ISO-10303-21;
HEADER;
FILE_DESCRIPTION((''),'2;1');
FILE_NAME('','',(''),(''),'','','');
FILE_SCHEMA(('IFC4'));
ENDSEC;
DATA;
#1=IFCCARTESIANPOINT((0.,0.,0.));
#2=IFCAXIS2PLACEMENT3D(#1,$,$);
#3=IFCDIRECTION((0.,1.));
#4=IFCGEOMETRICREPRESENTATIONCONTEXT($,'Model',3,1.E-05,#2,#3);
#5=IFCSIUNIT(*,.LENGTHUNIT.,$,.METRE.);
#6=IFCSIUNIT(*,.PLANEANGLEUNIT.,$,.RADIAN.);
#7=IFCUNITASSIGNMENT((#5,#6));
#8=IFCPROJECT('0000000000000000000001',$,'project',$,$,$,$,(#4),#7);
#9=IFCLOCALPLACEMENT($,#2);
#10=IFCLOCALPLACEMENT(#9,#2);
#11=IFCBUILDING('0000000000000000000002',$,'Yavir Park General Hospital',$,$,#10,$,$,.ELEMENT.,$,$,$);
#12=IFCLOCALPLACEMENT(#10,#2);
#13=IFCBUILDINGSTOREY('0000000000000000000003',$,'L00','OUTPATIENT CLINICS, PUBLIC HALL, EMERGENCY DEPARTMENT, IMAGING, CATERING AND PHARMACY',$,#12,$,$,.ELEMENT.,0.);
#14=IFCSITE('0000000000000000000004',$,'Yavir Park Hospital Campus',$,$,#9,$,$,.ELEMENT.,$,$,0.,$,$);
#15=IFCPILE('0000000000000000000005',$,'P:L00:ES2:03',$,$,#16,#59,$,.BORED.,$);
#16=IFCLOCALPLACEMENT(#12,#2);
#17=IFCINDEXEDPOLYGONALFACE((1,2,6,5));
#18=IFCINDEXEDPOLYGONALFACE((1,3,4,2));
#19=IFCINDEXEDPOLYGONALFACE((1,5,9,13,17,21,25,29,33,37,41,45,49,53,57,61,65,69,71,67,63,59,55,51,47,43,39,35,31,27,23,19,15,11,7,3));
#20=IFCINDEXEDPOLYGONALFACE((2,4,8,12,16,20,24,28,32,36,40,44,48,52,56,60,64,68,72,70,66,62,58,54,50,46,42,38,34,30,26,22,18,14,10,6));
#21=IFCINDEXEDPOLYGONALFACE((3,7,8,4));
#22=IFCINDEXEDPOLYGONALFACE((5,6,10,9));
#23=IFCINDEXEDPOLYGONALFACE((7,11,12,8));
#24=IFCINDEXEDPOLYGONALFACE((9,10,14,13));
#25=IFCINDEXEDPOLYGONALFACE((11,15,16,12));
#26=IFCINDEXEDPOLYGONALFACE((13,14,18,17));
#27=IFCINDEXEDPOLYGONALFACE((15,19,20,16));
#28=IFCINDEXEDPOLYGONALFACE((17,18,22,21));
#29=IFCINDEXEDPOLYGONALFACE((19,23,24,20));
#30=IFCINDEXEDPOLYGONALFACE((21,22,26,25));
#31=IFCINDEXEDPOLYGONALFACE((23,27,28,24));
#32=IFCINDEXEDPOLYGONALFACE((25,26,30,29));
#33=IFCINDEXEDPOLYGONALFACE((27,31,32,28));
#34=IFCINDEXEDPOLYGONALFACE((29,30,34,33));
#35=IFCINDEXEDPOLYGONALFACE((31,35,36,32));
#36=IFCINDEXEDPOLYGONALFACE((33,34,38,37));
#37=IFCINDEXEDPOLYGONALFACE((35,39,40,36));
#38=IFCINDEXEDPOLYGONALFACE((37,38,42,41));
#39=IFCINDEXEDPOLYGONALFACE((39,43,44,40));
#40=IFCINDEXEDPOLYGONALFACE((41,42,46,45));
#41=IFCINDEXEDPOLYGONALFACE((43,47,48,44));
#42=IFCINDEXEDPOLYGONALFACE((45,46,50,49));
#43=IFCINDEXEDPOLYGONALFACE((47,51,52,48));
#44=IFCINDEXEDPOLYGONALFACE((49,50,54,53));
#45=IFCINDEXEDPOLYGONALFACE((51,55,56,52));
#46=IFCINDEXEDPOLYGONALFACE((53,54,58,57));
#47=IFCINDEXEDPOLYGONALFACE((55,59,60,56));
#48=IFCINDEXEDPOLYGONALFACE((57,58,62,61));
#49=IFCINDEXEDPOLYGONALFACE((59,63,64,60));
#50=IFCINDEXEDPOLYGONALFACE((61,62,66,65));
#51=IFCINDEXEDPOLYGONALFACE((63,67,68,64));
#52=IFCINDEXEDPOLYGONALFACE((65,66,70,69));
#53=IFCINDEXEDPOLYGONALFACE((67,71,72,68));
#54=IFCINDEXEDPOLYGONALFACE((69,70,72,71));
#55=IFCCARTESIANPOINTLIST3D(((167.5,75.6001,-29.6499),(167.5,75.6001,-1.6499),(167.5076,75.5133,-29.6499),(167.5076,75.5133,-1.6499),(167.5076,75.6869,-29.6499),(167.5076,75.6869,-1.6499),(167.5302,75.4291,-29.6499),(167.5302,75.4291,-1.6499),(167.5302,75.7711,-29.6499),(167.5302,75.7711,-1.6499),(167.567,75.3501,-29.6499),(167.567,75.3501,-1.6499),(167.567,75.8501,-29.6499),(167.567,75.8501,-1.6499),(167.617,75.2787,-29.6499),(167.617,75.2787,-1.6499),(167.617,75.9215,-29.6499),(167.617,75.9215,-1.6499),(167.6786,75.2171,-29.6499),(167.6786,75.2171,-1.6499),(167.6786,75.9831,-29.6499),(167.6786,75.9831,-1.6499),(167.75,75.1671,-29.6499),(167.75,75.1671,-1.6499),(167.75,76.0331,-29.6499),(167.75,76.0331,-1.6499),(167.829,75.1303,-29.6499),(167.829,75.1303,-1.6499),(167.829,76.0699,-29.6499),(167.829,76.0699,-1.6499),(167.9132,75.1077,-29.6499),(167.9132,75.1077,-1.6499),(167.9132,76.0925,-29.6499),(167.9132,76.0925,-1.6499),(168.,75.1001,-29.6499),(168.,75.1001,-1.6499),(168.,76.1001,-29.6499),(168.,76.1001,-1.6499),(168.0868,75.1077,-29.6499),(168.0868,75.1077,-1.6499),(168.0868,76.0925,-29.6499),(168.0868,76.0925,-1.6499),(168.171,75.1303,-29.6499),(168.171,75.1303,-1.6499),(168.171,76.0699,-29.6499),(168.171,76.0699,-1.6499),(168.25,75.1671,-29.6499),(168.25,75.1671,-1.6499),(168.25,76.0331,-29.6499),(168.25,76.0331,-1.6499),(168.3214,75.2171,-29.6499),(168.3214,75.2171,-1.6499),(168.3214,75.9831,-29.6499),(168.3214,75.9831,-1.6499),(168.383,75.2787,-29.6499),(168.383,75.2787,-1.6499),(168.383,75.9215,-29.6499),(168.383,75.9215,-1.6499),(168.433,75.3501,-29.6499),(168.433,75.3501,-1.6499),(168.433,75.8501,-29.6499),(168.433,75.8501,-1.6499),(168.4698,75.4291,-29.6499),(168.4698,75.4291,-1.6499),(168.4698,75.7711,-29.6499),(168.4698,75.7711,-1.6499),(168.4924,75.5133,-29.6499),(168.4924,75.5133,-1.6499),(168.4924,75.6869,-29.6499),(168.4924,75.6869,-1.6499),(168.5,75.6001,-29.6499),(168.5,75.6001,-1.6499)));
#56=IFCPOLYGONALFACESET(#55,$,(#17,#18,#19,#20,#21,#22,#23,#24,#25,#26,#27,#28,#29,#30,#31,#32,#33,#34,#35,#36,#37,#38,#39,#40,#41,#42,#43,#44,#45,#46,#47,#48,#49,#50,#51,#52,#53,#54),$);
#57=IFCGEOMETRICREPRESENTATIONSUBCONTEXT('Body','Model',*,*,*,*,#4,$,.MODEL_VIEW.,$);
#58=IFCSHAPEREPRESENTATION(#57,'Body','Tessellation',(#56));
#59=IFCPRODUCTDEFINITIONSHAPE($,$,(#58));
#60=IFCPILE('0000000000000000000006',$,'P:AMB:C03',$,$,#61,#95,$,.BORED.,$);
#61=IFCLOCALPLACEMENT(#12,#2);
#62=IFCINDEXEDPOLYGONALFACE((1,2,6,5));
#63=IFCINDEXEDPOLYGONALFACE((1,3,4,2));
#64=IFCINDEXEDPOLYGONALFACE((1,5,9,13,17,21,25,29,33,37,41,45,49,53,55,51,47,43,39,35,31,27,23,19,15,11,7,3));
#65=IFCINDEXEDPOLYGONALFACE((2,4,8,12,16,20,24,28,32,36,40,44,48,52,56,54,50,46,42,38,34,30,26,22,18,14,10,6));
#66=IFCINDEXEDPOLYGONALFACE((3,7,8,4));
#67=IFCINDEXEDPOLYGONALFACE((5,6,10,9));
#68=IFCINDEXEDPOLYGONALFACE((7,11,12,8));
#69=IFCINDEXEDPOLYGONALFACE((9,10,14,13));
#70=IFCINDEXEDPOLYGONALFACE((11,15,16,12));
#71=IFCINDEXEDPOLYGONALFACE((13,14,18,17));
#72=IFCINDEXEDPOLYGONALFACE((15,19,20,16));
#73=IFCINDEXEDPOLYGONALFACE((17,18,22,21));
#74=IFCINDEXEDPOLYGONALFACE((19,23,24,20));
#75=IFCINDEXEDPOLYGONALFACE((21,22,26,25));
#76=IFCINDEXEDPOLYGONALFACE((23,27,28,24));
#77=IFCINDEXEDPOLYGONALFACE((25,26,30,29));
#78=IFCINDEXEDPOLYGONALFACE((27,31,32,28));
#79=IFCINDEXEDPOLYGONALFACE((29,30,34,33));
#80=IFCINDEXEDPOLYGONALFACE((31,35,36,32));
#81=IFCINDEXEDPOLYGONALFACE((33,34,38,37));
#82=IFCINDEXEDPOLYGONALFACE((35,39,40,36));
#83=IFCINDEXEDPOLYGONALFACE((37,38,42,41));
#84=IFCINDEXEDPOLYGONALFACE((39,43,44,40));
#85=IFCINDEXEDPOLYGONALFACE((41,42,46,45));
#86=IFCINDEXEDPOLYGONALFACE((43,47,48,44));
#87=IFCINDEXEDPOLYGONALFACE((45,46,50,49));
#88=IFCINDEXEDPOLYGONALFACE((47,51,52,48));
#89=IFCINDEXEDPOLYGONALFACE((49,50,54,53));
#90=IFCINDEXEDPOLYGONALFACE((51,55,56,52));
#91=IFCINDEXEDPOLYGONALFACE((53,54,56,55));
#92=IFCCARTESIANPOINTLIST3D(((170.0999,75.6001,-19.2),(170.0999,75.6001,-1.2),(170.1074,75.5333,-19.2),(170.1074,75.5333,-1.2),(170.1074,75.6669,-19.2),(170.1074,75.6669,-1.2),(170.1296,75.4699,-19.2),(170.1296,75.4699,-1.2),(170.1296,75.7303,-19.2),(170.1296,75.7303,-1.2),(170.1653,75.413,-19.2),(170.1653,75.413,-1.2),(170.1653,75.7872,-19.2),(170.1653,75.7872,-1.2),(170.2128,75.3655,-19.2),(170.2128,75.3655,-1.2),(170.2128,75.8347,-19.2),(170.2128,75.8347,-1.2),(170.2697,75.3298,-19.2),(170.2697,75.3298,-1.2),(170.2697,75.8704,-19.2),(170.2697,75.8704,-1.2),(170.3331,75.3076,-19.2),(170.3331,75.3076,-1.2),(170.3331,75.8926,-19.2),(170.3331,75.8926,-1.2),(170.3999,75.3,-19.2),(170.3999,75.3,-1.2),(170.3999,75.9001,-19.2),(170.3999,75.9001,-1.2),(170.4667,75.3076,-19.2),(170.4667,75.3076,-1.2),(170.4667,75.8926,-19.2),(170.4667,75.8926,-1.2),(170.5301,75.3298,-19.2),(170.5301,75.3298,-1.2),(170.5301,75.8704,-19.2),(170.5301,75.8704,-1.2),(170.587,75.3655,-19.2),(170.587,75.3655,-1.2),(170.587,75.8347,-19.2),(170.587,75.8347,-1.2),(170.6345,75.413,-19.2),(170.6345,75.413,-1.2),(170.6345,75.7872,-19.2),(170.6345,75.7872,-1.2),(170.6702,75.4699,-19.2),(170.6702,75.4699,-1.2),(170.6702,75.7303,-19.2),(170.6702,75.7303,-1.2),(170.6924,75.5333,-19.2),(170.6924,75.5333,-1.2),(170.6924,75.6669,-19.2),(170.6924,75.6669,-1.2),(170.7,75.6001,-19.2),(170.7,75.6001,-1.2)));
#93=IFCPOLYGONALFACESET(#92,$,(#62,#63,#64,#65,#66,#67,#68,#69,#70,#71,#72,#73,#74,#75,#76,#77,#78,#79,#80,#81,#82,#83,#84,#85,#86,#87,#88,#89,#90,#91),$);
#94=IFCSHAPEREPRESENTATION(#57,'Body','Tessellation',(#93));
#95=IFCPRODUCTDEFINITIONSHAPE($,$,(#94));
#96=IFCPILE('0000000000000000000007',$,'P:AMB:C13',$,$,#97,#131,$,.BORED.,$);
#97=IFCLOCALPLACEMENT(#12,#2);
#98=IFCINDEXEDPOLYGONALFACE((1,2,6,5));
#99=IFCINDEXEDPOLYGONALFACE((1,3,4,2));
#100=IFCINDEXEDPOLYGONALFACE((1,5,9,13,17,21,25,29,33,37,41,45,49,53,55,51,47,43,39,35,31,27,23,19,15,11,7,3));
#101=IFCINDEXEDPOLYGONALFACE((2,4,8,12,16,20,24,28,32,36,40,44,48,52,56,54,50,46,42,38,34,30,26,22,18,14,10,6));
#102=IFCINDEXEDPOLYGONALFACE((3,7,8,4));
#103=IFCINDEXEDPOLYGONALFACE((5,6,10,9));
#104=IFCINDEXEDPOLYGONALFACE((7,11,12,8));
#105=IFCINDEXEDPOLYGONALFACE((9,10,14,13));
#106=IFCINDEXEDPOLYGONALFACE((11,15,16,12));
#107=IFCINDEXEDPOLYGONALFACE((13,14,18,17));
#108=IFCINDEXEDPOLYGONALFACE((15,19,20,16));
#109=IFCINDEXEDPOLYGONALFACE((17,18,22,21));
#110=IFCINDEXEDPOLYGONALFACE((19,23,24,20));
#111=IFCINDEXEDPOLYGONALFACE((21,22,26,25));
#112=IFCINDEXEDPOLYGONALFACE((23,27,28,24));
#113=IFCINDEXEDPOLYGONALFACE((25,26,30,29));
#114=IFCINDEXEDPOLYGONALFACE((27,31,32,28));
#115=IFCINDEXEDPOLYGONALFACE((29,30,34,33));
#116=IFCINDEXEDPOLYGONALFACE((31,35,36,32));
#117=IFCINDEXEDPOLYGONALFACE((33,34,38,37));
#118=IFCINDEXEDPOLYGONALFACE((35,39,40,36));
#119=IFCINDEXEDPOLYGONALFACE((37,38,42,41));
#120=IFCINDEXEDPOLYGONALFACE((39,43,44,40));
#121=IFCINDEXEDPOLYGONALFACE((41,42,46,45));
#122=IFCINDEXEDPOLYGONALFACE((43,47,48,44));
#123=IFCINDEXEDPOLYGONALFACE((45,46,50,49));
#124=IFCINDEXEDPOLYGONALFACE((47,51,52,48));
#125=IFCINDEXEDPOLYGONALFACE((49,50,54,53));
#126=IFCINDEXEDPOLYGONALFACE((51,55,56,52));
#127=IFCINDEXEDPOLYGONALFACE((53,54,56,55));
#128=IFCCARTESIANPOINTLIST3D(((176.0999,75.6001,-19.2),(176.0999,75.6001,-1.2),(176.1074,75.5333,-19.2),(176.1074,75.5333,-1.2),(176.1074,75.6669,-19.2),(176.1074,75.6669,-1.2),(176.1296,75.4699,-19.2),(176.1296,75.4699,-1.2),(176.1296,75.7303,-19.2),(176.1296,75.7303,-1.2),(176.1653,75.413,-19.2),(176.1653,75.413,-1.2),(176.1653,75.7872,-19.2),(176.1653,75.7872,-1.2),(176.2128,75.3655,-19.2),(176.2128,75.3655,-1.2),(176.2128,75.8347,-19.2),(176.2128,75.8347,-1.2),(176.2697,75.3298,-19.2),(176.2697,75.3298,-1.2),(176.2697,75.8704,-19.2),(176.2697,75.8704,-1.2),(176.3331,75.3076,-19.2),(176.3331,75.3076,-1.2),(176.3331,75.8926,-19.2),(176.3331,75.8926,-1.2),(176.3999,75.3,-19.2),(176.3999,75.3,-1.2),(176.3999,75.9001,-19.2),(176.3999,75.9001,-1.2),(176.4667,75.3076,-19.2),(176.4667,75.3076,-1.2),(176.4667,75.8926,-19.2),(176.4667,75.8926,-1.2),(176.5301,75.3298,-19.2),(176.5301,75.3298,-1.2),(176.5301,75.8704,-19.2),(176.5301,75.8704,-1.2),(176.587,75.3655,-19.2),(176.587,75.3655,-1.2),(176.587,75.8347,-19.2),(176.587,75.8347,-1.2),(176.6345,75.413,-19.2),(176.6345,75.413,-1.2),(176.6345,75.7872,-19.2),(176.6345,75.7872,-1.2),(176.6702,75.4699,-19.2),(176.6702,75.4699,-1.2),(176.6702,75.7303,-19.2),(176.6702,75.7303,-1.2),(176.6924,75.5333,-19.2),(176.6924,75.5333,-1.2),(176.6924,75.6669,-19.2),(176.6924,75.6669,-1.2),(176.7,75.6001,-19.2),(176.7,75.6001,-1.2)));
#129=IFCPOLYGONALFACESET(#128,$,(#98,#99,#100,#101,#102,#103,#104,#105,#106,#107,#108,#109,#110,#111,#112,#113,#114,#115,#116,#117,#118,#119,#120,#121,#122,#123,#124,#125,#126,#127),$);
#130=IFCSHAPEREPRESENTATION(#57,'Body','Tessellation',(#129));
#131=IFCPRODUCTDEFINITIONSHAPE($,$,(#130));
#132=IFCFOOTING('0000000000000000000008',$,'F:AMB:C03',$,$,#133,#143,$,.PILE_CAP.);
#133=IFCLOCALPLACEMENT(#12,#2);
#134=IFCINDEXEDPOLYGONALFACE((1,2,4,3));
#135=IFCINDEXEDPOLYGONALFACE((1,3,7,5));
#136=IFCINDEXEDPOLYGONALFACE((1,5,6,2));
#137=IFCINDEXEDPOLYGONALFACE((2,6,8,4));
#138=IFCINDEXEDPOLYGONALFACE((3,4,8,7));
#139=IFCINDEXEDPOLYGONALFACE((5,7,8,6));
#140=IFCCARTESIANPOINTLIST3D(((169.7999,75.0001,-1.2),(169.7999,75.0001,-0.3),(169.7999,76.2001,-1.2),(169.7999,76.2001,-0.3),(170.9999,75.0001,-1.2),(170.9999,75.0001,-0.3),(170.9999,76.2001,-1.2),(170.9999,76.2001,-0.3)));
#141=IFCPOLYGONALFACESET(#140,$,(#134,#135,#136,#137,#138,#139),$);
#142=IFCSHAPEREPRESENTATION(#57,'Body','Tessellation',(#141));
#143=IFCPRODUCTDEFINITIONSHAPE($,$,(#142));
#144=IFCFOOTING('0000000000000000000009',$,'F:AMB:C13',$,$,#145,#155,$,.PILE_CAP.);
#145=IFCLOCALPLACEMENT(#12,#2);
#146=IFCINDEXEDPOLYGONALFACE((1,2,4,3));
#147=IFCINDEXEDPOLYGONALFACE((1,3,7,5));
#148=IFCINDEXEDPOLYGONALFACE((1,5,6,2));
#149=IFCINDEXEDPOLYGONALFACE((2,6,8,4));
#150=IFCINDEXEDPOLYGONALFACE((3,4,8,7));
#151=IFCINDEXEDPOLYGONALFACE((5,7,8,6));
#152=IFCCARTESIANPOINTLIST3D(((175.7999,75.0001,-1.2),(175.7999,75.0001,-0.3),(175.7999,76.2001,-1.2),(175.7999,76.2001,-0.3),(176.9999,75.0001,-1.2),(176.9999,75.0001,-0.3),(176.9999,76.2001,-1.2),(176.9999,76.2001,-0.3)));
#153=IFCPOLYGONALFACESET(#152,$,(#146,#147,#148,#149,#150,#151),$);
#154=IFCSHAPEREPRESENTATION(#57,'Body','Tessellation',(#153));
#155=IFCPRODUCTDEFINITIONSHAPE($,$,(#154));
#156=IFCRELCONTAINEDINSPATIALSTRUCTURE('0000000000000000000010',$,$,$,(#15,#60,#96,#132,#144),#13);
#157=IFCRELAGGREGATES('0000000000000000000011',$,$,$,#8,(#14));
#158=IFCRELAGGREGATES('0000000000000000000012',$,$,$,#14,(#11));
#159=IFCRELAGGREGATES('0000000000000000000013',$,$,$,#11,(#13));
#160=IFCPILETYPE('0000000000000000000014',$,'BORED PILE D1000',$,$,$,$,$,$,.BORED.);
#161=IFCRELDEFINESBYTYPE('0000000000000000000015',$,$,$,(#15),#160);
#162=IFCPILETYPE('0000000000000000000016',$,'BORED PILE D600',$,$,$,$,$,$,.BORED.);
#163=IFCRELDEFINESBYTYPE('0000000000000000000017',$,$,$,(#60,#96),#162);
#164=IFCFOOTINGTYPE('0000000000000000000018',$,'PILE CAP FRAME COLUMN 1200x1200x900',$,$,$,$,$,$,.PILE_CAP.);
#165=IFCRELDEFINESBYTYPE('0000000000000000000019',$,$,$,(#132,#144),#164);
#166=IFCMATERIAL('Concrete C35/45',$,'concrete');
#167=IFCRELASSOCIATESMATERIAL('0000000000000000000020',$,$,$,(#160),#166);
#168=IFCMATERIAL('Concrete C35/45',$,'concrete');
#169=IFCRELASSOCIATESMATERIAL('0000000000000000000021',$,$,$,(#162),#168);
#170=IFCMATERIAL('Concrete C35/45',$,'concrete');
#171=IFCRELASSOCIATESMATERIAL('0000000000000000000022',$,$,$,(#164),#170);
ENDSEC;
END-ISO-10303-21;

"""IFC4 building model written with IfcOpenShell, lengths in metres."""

from ifc_helpers import new_model, si_unit, direction, frame, origin, origin_2d, place, context, subcontext, project, spatial, rectangle, circle, extrude, material, material_profile, profile_set, type_object, element, save


model = new_model("IFC4")

# Units and contexts
model_context = context("Model", 3, precision=1e-05, world=origin(), true_north=direction((0.0, 1.0)))
body_context = subcontext(model_context, "Body", "Model", "MODEL_VIEW")
ifc_project = project(units=[si_unit("LENGTHUNIT", "METRE"), si_unit("PLANEANGLEUNIT", "RADIAN")], contexts=[model_context])

# Site, building, storey
site_placement = place(None, origin())
site = spatial("IfcSite", under=ifc_project, at=site_placement, Name="Yavir Park Hospital Campus", CompositionType="ELEMENT", RefElevation=0.0)
building_placement = place(site_placement, origin())
building = spatial("IfcBuilding", under=site, at=building_placement, Name="Yavir Park General Hospital", CompositionType="ELEMENT")
storey_placement = place(building_placement, origin())
storey = spatial("IfcBuildingStorey", under=building, at=storey_placement, Name="L00", Description="OUTPATIENT CLINICS, PUBLIC HALL, EMERGENCY DEPARTMENT, IMAGING, CATERING AND PHARMACY", CompositionType="ELEMENT", Elevation=0.0)

# Piles
ifc_material_1 = material(Name="Concrete C35/45", Category="concrete")
ifc_material_profile_1 = material_profile(ifc_material_1, circle(Radius=0.5, at=origin_2d()), Name="D1000")
ifc_profile_set_1 = profile_set([ifc_material_profile_1], Name="Concrete C35/45")
pile_type_1 = type_object("IfcPileType", Name="BORED PILE D1000", PredefinedType="BORED", material=ifc_profile_set_1)
pile_placement = place(storey_placement, frame((168.0, 75.6001, -1.6499), z_axis=(0.0, 0.0, -1.0), x_axis=(1.0, 0.0, 0.0)))
element("IfcPile", 1, at=pile_placement, inside=storey, type_object=pile_type_1, Name="P:L00:ES2:03", PredefinedType="BORED", context=body_context, shape_type="SweptSolid", body=[
    extrude(circle(Radius=0.5, at=origin_2d()), origin(), (0.0, 0.0, 1.0), 28.0),
])
ifc_material_2 = material(Name="Concrete C35/45", Category="concrete")
ifc_material_profile_2 = material_profile(ifc_material_2, circle(Radius=0.3, at=origin_2d()), Name="D600")
ifc_profile_set_2 = profile_set([ifc_material_profile_2], Name="Concrete C35/45")
pile_type_2 = type_object("IfcPileType", Name="BORED PILE D600", PredefinedType="BORED", material=ifc_profile_set_2)
for number, where, z_axis, x_axis, name in (
    (2, (170.3999, 75.6001, -1.2), (0.0, 0.0, -1.0), (1.0, 0.0, 0.0), "P:AMB:C03"),
    (3, (176.3999, 75.6001, -1.2), (0.0, 0.0, -1.0), (1.0, 0.0, 0.0), "P:AMB:C13"),
):
    element("IfcPile", number, at=place(storey_placement, frame(where, z_axis=z_axis, x_axis=x_axis)), inside=storey, type_object=pile_type_2, Name=name, PredefinedType="BORED", context=body_context, shape_type="SweptSolid", body=[
        extrude(circle(Radius=0.3, at=origin_2d()), origin(), (0.0, 0.0, 1.0), 18.0),
    ])

# Footings
ifc_material_3 = material(Name="Concrete C35/45", Category="concrete")
footing_type = type_object("IfcFootingType", Name="PILE CAP FRAME COLUMN 1200x1200x900", PredefinedType="PILE_CAP", material=ifc_material_3)
for number, where, z_axis, x_axis, name in (
    (4, (170.3999, 75.6001, -1.2), (0.0, 0.0, 1.0), (1.0, 0.0, 0.0), "F:AMB:C03"),
    (5, (176.3999, 75.6001, -1.2), (0.0, 0.0, 1.0), (1.0, 0.0, 0.0), "F:AMB:C13"),
):
    element("IfcFooting", number, at=place(storey_placement, frame(where, z_axis=z_axis, x_axis=x_axis)), inside=storey, type_object=footing_type, Name=name, PredefinedType="PILE_CAP", context=body_context, shape_type="SweptSolid", body=[
        extrude(rectangle(XDim=1.2, YDim=1.2, at=origin_2d()), origin(), (0.0, 0.0, 1.0), 0.8999),
    ])

save(model, "model.ifc")
